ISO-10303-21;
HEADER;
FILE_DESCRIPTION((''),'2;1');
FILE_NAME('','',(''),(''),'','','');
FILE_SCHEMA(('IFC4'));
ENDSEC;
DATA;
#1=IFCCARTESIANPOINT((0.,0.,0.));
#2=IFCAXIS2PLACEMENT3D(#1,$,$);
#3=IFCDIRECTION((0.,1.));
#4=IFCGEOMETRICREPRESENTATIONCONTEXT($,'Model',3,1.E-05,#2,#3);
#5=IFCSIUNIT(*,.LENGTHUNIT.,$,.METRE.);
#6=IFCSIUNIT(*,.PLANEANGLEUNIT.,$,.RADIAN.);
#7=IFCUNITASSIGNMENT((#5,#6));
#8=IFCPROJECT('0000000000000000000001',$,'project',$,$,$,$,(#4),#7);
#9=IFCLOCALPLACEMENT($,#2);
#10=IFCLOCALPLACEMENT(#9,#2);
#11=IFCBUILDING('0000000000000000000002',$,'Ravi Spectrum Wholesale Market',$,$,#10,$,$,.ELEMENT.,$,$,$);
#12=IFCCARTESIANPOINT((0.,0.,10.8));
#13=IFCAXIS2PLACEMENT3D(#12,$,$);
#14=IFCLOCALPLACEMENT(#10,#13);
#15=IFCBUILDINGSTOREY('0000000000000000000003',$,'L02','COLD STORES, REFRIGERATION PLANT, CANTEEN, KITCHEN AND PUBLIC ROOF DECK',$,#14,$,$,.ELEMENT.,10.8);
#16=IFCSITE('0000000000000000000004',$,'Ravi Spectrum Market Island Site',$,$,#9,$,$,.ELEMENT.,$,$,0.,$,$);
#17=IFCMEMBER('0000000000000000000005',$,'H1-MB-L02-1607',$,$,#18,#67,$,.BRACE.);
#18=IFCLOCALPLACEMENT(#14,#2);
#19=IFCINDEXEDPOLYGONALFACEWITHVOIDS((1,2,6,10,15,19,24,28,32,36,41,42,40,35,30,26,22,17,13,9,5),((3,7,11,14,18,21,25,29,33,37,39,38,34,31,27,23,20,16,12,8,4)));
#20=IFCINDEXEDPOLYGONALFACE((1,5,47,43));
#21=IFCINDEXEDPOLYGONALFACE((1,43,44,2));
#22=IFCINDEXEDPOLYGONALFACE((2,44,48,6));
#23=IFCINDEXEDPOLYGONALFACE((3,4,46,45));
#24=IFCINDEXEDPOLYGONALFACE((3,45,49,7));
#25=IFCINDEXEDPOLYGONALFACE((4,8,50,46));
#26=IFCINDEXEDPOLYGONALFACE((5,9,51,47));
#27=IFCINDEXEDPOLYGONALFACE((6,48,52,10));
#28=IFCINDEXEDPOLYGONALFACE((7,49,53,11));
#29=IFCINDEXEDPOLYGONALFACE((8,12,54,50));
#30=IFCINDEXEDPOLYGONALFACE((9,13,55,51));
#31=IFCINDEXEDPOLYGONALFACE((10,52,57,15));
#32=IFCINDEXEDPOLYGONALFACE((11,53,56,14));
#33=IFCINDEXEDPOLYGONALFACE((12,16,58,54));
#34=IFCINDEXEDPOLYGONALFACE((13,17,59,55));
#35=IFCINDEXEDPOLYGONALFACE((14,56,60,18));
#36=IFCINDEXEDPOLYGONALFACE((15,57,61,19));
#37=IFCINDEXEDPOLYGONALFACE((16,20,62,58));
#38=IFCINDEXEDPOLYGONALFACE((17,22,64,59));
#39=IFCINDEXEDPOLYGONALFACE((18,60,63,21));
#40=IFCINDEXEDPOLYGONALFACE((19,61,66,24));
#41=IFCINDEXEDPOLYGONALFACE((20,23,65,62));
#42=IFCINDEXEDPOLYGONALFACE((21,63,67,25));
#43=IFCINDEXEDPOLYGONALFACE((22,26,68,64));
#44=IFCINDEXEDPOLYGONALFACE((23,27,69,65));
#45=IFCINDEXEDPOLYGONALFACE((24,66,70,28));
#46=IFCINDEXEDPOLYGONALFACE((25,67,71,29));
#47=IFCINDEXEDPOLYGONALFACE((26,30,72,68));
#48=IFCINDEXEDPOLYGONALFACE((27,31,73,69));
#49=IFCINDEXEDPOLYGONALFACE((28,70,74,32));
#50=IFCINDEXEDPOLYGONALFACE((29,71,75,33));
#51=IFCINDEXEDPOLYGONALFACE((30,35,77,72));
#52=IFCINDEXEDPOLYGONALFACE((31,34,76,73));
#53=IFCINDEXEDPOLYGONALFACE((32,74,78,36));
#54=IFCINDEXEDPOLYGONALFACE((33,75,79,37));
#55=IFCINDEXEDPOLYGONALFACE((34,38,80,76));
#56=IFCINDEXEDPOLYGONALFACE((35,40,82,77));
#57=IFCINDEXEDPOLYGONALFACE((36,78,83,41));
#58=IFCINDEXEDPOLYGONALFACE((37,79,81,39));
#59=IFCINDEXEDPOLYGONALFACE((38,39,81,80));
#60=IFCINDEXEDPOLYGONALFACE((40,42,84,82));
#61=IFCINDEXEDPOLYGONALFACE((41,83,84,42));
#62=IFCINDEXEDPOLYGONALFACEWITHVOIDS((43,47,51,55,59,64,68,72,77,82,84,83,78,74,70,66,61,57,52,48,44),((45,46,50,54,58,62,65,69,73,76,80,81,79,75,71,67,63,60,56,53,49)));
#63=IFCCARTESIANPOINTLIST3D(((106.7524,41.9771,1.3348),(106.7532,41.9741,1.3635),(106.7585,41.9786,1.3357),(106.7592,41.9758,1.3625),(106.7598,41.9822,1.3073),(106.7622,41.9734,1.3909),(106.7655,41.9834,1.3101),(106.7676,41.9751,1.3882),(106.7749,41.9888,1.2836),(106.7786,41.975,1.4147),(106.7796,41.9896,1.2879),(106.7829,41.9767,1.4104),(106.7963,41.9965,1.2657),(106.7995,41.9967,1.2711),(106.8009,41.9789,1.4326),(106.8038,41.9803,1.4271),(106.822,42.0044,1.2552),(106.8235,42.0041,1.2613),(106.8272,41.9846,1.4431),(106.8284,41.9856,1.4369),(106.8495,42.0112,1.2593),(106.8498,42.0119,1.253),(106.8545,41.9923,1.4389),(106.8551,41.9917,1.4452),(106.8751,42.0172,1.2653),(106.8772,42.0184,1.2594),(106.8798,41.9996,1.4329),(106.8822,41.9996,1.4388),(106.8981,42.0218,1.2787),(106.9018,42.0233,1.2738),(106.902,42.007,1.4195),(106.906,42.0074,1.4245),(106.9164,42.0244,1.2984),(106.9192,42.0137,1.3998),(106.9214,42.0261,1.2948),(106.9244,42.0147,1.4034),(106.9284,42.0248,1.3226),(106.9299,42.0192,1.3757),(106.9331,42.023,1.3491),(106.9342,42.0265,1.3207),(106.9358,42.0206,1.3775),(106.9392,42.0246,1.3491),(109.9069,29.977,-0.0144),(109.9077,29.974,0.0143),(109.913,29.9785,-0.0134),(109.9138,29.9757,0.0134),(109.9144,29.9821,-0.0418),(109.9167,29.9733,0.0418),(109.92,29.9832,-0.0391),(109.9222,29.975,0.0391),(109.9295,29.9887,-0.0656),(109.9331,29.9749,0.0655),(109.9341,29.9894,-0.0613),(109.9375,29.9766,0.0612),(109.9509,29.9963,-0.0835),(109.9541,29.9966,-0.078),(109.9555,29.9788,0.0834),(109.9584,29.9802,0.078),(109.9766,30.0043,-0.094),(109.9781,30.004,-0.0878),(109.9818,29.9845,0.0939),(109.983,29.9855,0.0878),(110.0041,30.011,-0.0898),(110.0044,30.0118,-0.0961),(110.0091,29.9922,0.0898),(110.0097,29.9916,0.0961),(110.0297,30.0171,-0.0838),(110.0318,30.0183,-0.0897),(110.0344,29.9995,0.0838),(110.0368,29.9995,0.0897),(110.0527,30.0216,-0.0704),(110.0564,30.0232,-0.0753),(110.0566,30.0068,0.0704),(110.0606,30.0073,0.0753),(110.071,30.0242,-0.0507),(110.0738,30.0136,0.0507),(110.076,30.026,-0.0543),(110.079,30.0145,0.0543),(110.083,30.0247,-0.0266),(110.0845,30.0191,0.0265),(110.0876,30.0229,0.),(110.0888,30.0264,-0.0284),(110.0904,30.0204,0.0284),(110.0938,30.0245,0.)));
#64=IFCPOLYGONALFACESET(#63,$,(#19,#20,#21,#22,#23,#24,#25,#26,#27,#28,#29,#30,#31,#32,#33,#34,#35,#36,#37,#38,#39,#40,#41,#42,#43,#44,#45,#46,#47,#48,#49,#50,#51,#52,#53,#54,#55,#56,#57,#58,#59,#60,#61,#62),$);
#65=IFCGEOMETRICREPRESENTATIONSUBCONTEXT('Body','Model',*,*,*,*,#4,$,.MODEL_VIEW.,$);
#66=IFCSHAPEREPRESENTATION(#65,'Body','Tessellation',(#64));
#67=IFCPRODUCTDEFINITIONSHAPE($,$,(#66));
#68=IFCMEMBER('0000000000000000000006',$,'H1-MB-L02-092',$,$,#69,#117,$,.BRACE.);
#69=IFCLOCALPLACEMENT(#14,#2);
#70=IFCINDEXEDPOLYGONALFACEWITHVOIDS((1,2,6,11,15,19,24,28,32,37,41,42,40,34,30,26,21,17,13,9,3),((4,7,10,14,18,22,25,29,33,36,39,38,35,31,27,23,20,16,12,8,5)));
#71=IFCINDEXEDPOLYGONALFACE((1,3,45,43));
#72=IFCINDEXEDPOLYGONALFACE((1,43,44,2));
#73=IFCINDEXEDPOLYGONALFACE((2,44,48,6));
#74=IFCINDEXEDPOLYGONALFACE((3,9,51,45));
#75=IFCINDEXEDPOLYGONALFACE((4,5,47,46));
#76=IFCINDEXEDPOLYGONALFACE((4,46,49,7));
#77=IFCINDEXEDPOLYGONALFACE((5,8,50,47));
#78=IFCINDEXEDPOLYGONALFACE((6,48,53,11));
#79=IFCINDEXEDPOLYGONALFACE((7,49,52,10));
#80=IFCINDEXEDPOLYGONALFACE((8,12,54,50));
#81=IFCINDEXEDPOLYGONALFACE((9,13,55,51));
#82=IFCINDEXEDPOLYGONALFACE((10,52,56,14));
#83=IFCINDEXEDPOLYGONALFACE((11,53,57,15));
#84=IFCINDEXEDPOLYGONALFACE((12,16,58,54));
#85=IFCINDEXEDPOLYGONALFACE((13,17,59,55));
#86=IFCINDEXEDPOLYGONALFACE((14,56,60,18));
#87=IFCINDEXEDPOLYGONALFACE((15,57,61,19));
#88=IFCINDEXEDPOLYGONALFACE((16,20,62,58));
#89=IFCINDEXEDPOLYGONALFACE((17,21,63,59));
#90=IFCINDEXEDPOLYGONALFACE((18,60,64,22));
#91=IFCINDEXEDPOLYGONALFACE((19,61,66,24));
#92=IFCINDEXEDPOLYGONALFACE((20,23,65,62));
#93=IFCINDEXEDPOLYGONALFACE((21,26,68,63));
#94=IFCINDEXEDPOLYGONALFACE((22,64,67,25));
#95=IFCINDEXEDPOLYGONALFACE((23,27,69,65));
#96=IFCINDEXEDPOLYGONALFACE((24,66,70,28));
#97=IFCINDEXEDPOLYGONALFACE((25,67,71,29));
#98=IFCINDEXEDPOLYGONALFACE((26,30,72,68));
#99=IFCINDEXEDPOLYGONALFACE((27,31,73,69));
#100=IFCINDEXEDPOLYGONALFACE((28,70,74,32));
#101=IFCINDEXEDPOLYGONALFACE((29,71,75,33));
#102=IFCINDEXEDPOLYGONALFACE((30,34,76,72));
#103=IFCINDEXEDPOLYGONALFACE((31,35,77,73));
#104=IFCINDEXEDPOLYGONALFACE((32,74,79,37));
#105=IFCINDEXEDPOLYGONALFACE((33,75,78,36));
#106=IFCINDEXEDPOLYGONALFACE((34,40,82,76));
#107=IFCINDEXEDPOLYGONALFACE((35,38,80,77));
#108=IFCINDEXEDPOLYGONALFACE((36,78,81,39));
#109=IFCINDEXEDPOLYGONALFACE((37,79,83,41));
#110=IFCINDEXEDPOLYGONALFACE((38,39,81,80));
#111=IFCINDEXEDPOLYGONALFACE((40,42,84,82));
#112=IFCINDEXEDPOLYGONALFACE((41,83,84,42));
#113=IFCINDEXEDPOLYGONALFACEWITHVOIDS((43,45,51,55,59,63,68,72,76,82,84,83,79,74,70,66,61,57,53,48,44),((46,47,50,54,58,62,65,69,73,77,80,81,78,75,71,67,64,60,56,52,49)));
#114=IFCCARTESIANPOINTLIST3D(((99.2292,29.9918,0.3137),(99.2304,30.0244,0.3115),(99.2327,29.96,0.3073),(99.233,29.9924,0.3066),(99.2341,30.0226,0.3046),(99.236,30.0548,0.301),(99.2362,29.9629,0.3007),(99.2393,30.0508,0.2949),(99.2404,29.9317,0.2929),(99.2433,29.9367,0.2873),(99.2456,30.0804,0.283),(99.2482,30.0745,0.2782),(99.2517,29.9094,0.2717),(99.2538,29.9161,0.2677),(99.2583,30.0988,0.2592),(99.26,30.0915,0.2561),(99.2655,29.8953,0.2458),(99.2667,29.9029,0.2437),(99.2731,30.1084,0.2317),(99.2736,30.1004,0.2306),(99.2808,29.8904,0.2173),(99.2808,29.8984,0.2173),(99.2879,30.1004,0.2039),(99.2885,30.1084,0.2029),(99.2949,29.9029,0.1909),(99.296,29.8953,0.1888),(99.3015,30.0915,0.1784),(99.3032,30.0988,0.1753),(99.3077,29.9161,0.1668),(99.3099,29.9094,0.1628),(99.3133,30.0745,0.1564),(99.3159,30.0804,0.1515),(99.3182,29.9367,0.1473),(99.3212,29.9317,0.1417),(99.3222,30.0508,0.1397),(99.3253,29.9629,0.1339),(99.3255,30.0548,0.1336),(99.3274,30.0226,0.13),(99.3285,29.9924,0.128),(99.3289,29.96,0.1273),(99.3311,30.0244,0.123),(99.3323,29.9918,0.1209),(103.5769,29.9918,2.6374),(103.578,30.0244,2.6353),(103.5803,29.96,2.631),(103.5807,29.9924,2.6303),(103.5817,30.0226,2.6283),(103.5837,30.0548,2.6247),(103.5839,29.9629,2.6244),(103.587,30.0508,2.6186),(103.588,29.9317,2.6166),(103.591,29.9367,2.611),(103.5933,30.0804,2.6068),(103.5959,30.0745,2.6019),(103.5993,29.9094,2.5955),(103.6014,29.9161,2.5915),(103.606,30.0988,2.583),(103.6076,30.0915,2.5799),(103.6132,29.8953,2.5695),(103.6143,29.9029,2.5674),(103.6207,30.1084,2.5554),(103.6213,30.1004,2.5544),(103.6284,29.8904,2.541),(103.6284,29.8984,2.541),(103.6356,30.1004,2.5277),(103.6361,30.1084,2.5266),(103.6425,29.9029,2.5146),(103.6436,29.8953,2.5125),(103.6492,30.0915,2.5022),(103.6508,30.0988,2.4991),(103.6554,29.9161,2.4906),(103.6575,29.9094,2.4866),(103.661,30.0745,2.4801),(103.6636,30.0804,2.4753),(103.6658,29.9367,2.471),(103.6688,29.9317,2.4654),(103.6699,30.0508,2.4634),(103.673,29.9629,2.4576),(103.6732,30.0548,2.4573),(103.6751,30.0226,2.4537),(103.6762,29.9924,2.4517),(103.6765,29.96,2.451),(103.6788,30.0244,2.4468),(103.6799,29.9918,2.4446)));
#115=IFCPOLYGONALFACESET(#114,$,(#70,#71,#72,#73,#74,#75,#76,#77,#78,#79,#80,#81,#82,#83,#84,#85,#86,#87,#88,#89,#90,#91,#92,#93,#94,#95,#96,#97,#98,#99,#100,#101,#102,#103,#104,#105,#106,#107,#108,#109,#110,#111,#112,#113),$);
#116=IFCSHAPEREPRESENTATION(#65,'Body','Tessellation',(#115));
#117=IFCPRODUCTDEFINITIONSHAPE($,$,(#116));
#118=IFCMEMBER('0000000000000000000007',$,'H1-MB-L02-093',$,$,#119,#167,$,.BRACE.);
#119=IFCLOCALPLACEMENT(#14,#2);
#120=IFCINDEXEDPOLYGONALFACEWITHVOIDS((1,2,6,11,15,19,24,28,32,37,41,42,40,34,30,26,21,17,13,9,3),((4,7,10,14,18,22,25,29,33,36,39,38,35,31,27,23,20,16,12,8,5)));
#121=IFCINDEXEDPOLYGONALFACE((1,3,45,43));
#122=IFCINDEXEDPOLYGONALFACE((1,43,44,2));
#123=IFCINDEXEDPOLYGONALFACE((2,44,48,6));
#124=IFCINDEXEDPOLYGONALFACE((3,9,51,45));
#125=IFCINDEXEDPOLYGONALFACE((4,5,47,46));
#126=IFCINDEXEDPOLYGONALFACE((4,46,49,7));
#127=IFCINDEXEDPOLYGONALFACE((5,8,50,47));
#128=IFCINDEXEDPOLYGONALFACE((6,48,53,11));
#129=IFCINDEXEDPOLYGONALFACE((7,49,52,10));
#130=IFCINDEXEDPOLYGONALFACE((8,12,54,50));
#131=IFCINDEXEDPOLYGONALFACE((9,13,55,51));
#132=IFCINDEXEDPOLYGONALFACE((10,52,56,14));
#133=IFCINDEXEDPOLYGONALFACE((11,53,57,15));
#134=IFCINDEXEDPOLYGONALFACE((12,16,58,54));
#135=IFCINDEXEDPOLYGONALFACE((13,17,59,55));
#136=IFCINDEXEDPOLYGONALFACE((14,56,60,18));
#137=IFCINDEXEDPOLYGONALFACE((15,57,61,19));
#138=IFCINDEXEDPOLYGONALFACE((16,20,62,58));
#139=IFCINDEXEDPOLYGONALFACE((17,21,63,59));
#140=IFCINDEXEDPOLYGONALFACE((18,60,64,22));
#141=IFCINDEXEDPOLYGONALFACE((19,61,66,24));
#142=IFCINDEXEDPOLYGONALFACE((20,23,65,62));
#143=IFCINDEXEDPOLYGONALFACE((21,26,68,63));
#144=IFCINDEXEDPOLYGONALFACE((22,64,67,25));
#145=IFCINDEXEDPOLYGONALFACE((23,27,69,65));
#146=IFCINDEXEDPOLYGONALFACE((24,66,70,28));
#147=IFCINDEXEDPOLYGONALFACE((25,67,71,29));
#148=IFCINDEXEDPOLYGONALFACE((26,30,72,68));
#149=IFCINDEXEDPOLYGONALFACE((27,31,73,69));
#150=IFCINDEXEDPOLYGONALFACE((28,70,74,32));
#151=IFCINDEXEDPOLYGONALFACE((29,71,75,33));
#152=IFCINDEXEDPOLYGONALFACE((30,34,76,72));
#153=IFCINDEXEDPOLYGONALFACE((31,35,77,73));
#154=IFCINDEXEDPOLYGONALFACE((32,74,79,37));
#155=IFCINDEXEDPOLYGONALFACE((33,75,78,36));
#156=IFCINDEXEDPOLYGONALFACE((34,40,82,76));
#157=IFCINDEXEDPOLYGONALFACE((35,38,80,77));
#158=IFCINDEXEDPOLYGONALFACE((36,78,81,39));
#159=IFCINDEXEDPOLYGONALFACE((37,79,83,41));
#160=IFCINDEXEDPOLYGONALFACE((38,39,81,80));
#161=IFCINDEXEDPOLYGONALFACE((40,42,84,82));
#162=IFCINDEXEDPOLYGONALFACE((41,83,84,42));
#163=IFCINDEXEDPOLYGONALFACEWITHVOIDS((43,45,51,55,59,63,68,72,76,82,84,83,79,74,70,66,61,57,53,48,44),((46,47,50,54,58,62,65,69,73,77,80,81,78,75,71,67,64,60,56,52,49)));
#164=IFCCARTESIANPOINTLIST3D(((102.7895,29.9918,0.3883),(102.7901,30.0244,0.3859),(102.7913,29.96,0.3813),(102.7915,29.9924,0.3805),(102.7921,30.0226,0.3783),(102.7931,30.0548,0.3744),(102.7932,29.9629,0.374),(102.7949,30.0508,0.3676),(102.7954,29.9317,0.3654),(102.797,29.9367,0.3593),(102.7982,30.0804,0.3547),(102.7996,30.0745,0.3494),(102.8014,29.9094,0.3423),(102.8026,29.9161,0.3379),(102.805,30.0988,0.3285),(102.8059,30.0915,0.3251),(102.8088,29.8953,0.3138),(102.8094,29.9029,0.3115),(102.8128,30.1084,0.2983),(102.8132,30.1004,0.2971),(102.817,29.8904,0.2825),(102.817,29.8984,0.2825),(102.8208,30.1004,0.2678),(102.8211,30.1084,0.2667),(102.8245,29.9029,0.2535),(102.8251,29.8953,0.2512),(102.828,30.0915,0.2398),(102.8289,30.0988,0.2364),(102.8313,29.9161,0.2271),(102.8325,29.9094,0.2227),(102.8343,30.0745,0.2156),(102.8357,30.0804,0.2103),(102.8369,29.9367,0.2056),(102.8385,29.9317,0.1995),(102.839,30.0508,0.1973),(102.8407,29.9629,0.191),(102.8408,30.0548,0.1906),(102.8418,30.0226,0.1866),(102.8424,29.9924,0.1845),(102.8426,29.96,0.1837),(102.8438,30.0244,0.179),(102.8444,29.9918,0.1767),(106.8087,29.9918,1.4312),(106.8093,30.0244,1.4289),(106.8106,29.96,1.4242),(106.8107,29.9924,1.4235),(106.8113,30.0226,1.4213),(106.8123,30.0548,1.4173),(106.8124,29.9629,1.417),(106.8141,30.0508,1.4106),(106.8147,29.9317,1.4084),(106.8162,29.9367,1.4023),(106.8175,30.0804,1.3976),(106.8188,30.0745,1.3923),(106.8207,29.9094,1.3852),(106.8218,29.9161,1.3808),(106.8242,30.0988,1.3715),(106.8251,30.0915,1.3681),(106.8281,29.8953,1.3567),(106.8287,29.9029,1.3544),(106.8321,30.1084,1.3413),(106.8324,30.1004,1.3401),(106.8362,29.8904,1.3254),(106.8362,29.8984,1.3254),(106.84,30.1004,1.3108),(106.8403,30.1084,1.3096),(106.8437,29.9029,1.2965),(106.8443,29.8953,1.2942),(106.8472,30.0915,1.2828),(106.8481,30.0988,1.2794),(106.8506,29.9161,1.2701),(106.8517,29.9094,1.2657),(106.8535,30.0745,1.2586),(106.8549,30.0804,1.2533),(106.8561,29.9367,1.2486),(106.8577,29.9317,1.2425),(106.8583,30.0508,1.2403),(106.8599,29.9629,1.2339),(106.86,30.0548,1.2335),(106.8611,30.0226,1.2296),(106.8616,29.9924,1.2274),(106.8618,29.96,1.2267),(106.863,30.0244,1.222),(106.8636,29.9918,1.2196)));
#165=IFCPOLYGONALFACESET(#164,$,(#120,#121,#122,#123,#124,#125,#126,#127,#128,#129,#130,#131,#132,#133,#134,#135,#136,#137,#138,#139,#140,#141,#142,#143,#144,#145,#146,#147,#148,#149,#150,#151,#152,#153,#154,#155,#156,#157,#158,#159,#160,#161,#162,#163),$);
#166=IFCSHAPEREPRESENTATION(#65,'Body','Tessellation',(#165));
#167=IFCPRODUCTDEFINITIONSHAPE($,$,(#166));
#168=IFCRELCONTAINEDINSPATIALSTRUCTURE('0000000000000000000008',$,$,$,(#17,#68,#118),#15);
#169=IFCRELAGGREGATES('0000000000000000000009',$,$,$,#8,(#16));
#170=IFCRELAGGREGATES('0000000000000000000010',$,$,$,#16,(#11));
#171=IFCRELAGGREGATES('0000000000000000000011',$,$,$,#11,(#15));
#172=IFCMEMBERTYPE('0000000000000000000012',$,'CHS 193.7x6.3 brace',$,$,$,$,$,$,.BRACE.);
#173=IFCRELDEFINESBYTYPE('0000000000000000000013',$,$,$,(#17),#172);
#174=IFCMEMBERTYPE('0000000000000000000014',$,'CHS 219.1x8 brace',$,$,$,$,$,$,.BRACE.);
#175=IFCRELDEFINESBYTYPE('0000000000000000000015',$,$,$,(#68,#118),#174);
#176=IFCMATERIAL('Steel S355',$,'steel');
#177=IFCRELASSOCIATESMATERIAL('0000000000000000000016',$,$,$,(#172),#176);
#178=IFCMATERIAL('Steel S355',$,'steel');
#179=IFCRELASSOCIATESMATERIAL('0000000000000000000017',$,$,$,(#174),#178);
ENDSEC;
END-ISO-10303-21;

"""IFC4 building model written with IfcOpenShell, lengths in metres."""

from ifc_helpers import new_model, si_unit, direction, frame, origin, origin_2d, place, context, subcontext, project, spatial, hollow_circle, extrude, material, material_profile, profile_set, type_object, element, save


model = new_model("IFC4")

# Units and contexts
model_context = context("Model", 3, precision=1e-05, world=origin(), true_north=direction((0.0, 1.0)))
body_context = subcontext(model_context, "Body", "Model", "MODEL_VIEW")
ifc_project = project(units=[si_unit("LENGTHUNIT", "METRE"), si_unit("PLANEANGLEUNIT", "RADIAN")], contexts=[model_context])

# Site, building, storey
site_placement = place(None, origin())
site = spatial("IfcSite", under=ifc_project, at=site_placement, Name="Ravi Spectrum Market Island Site", CompositionType="ELEMENT", RefElevation=0.0)
building_placement = place(site_placement, origin())
building = spatial("IfcBuilding", under=site, at=building_placement, Name="Ravi Spectrum Wholesale Market", CompositionType="ELEMENT")
storey_placement = place(building_placement, frame((0.0, 0.0, 10.8)))
storey = spatial("IfcBuildingStorey", under=building, at=storey_placement, Name="L02", Description="COLD STORES, REFRIGERATION PLANT, CANTEEN, KITCHEN AND PUBLIC ROOF DECK", CompositionType="ELEMENT", Elevation=10.8)

# Members
ifc_material_1 = material(Name="Steel S355", Category="steel")
ifc_material_profile_1 = material_profile(ifc_material_1, hollow_circle(Radius=0.0969, WallThickness=0.0063, at=origin_2d()))
ifc_profile_set_1 = profile_set([ifc_material_profile_1], Name="Steel S355")
member_type_1 = type_object("IfcMemberType", Name="CHS 193.7x6.3 brace", PredefinedType="BRACE", material=ifc_profile_set_1)
member_1_placement = place(storey_placement, frame((106.8455, 42.0, 1.3491), z_axis=(0.252751, -0.961474, -0.108095), x_axis=(0.967141, 0.254241, 0.0)))
element("IfcMember", 1, at=member_1_placement, inside=storey, type_object=member_type_1, Name="H1-MB-L02-1607", PredefinedType="BRACE", context=body_context, shape_type="SweptSolid", body=[
    extrude(hollow_circle(Radius=0.0969, WallThickness=0.0063, at=origin_2d()), origin(), (0.0, 0.0, 1.0), 12.481),
])
ifc_material_2 = material(Name="Steel S355", Category="steel")
ifc_material_profile_2 = material_profile(ifc_material_2, hollow_circle(Radius=0.1096, WallThickness=0.0081, at=origin_2d()))
ifc_profile_set_2 = profile_set([ifc_material_profile_2], Name="Steel S355")
member_type_2 = type_object("IfcMemberType", Name="CHS 219.1x8 brace", PredefinedType="BRACE", material=ifc_profile_set_2)
member_2_placement = place(storey_placement, frame((103.6284, 30.0, 2.541), z_axis=(-0.881933, 0.0, -0.471375), x_axis=(0.0, -1.0, 0.0)))
element("IfcMember", 2, at=member_2_placement, inside=storey, type_object=member_type_2, Name="H1-MB-L02-092", PredefinedType="BRACE", context=body_context, shape_type="SweptSolid", body=[
    extrude(hollow_circle(Radius=0.1096, WallThickness=0.0081, at=origin_2d()), origin(), (0.0, 0.0, 1.0), 4.9297),
])
member_3_placement = place(storey_placement, frame((106.8362, 30.0, 1.3254), z_axis=(-0.967942, 0.0, -0.251172), x_axis=(0.0, -1.0, 0.0)))
element("IfcMember", 3, at=member_3_placement, inside=storey, type_object=member_type_2, Name="H1-MB-L02-093", PredefinedType="BRACE", context=body_context, shape_type="SweptSolid", body=[
    extrude(hollow_circle(Radius=0.1096, WallThickness=0.0081, at=origin_2d()), origin(), (0.0, 0.0, 1.0), 4.1523),
])

save(model, "model.ifc")
